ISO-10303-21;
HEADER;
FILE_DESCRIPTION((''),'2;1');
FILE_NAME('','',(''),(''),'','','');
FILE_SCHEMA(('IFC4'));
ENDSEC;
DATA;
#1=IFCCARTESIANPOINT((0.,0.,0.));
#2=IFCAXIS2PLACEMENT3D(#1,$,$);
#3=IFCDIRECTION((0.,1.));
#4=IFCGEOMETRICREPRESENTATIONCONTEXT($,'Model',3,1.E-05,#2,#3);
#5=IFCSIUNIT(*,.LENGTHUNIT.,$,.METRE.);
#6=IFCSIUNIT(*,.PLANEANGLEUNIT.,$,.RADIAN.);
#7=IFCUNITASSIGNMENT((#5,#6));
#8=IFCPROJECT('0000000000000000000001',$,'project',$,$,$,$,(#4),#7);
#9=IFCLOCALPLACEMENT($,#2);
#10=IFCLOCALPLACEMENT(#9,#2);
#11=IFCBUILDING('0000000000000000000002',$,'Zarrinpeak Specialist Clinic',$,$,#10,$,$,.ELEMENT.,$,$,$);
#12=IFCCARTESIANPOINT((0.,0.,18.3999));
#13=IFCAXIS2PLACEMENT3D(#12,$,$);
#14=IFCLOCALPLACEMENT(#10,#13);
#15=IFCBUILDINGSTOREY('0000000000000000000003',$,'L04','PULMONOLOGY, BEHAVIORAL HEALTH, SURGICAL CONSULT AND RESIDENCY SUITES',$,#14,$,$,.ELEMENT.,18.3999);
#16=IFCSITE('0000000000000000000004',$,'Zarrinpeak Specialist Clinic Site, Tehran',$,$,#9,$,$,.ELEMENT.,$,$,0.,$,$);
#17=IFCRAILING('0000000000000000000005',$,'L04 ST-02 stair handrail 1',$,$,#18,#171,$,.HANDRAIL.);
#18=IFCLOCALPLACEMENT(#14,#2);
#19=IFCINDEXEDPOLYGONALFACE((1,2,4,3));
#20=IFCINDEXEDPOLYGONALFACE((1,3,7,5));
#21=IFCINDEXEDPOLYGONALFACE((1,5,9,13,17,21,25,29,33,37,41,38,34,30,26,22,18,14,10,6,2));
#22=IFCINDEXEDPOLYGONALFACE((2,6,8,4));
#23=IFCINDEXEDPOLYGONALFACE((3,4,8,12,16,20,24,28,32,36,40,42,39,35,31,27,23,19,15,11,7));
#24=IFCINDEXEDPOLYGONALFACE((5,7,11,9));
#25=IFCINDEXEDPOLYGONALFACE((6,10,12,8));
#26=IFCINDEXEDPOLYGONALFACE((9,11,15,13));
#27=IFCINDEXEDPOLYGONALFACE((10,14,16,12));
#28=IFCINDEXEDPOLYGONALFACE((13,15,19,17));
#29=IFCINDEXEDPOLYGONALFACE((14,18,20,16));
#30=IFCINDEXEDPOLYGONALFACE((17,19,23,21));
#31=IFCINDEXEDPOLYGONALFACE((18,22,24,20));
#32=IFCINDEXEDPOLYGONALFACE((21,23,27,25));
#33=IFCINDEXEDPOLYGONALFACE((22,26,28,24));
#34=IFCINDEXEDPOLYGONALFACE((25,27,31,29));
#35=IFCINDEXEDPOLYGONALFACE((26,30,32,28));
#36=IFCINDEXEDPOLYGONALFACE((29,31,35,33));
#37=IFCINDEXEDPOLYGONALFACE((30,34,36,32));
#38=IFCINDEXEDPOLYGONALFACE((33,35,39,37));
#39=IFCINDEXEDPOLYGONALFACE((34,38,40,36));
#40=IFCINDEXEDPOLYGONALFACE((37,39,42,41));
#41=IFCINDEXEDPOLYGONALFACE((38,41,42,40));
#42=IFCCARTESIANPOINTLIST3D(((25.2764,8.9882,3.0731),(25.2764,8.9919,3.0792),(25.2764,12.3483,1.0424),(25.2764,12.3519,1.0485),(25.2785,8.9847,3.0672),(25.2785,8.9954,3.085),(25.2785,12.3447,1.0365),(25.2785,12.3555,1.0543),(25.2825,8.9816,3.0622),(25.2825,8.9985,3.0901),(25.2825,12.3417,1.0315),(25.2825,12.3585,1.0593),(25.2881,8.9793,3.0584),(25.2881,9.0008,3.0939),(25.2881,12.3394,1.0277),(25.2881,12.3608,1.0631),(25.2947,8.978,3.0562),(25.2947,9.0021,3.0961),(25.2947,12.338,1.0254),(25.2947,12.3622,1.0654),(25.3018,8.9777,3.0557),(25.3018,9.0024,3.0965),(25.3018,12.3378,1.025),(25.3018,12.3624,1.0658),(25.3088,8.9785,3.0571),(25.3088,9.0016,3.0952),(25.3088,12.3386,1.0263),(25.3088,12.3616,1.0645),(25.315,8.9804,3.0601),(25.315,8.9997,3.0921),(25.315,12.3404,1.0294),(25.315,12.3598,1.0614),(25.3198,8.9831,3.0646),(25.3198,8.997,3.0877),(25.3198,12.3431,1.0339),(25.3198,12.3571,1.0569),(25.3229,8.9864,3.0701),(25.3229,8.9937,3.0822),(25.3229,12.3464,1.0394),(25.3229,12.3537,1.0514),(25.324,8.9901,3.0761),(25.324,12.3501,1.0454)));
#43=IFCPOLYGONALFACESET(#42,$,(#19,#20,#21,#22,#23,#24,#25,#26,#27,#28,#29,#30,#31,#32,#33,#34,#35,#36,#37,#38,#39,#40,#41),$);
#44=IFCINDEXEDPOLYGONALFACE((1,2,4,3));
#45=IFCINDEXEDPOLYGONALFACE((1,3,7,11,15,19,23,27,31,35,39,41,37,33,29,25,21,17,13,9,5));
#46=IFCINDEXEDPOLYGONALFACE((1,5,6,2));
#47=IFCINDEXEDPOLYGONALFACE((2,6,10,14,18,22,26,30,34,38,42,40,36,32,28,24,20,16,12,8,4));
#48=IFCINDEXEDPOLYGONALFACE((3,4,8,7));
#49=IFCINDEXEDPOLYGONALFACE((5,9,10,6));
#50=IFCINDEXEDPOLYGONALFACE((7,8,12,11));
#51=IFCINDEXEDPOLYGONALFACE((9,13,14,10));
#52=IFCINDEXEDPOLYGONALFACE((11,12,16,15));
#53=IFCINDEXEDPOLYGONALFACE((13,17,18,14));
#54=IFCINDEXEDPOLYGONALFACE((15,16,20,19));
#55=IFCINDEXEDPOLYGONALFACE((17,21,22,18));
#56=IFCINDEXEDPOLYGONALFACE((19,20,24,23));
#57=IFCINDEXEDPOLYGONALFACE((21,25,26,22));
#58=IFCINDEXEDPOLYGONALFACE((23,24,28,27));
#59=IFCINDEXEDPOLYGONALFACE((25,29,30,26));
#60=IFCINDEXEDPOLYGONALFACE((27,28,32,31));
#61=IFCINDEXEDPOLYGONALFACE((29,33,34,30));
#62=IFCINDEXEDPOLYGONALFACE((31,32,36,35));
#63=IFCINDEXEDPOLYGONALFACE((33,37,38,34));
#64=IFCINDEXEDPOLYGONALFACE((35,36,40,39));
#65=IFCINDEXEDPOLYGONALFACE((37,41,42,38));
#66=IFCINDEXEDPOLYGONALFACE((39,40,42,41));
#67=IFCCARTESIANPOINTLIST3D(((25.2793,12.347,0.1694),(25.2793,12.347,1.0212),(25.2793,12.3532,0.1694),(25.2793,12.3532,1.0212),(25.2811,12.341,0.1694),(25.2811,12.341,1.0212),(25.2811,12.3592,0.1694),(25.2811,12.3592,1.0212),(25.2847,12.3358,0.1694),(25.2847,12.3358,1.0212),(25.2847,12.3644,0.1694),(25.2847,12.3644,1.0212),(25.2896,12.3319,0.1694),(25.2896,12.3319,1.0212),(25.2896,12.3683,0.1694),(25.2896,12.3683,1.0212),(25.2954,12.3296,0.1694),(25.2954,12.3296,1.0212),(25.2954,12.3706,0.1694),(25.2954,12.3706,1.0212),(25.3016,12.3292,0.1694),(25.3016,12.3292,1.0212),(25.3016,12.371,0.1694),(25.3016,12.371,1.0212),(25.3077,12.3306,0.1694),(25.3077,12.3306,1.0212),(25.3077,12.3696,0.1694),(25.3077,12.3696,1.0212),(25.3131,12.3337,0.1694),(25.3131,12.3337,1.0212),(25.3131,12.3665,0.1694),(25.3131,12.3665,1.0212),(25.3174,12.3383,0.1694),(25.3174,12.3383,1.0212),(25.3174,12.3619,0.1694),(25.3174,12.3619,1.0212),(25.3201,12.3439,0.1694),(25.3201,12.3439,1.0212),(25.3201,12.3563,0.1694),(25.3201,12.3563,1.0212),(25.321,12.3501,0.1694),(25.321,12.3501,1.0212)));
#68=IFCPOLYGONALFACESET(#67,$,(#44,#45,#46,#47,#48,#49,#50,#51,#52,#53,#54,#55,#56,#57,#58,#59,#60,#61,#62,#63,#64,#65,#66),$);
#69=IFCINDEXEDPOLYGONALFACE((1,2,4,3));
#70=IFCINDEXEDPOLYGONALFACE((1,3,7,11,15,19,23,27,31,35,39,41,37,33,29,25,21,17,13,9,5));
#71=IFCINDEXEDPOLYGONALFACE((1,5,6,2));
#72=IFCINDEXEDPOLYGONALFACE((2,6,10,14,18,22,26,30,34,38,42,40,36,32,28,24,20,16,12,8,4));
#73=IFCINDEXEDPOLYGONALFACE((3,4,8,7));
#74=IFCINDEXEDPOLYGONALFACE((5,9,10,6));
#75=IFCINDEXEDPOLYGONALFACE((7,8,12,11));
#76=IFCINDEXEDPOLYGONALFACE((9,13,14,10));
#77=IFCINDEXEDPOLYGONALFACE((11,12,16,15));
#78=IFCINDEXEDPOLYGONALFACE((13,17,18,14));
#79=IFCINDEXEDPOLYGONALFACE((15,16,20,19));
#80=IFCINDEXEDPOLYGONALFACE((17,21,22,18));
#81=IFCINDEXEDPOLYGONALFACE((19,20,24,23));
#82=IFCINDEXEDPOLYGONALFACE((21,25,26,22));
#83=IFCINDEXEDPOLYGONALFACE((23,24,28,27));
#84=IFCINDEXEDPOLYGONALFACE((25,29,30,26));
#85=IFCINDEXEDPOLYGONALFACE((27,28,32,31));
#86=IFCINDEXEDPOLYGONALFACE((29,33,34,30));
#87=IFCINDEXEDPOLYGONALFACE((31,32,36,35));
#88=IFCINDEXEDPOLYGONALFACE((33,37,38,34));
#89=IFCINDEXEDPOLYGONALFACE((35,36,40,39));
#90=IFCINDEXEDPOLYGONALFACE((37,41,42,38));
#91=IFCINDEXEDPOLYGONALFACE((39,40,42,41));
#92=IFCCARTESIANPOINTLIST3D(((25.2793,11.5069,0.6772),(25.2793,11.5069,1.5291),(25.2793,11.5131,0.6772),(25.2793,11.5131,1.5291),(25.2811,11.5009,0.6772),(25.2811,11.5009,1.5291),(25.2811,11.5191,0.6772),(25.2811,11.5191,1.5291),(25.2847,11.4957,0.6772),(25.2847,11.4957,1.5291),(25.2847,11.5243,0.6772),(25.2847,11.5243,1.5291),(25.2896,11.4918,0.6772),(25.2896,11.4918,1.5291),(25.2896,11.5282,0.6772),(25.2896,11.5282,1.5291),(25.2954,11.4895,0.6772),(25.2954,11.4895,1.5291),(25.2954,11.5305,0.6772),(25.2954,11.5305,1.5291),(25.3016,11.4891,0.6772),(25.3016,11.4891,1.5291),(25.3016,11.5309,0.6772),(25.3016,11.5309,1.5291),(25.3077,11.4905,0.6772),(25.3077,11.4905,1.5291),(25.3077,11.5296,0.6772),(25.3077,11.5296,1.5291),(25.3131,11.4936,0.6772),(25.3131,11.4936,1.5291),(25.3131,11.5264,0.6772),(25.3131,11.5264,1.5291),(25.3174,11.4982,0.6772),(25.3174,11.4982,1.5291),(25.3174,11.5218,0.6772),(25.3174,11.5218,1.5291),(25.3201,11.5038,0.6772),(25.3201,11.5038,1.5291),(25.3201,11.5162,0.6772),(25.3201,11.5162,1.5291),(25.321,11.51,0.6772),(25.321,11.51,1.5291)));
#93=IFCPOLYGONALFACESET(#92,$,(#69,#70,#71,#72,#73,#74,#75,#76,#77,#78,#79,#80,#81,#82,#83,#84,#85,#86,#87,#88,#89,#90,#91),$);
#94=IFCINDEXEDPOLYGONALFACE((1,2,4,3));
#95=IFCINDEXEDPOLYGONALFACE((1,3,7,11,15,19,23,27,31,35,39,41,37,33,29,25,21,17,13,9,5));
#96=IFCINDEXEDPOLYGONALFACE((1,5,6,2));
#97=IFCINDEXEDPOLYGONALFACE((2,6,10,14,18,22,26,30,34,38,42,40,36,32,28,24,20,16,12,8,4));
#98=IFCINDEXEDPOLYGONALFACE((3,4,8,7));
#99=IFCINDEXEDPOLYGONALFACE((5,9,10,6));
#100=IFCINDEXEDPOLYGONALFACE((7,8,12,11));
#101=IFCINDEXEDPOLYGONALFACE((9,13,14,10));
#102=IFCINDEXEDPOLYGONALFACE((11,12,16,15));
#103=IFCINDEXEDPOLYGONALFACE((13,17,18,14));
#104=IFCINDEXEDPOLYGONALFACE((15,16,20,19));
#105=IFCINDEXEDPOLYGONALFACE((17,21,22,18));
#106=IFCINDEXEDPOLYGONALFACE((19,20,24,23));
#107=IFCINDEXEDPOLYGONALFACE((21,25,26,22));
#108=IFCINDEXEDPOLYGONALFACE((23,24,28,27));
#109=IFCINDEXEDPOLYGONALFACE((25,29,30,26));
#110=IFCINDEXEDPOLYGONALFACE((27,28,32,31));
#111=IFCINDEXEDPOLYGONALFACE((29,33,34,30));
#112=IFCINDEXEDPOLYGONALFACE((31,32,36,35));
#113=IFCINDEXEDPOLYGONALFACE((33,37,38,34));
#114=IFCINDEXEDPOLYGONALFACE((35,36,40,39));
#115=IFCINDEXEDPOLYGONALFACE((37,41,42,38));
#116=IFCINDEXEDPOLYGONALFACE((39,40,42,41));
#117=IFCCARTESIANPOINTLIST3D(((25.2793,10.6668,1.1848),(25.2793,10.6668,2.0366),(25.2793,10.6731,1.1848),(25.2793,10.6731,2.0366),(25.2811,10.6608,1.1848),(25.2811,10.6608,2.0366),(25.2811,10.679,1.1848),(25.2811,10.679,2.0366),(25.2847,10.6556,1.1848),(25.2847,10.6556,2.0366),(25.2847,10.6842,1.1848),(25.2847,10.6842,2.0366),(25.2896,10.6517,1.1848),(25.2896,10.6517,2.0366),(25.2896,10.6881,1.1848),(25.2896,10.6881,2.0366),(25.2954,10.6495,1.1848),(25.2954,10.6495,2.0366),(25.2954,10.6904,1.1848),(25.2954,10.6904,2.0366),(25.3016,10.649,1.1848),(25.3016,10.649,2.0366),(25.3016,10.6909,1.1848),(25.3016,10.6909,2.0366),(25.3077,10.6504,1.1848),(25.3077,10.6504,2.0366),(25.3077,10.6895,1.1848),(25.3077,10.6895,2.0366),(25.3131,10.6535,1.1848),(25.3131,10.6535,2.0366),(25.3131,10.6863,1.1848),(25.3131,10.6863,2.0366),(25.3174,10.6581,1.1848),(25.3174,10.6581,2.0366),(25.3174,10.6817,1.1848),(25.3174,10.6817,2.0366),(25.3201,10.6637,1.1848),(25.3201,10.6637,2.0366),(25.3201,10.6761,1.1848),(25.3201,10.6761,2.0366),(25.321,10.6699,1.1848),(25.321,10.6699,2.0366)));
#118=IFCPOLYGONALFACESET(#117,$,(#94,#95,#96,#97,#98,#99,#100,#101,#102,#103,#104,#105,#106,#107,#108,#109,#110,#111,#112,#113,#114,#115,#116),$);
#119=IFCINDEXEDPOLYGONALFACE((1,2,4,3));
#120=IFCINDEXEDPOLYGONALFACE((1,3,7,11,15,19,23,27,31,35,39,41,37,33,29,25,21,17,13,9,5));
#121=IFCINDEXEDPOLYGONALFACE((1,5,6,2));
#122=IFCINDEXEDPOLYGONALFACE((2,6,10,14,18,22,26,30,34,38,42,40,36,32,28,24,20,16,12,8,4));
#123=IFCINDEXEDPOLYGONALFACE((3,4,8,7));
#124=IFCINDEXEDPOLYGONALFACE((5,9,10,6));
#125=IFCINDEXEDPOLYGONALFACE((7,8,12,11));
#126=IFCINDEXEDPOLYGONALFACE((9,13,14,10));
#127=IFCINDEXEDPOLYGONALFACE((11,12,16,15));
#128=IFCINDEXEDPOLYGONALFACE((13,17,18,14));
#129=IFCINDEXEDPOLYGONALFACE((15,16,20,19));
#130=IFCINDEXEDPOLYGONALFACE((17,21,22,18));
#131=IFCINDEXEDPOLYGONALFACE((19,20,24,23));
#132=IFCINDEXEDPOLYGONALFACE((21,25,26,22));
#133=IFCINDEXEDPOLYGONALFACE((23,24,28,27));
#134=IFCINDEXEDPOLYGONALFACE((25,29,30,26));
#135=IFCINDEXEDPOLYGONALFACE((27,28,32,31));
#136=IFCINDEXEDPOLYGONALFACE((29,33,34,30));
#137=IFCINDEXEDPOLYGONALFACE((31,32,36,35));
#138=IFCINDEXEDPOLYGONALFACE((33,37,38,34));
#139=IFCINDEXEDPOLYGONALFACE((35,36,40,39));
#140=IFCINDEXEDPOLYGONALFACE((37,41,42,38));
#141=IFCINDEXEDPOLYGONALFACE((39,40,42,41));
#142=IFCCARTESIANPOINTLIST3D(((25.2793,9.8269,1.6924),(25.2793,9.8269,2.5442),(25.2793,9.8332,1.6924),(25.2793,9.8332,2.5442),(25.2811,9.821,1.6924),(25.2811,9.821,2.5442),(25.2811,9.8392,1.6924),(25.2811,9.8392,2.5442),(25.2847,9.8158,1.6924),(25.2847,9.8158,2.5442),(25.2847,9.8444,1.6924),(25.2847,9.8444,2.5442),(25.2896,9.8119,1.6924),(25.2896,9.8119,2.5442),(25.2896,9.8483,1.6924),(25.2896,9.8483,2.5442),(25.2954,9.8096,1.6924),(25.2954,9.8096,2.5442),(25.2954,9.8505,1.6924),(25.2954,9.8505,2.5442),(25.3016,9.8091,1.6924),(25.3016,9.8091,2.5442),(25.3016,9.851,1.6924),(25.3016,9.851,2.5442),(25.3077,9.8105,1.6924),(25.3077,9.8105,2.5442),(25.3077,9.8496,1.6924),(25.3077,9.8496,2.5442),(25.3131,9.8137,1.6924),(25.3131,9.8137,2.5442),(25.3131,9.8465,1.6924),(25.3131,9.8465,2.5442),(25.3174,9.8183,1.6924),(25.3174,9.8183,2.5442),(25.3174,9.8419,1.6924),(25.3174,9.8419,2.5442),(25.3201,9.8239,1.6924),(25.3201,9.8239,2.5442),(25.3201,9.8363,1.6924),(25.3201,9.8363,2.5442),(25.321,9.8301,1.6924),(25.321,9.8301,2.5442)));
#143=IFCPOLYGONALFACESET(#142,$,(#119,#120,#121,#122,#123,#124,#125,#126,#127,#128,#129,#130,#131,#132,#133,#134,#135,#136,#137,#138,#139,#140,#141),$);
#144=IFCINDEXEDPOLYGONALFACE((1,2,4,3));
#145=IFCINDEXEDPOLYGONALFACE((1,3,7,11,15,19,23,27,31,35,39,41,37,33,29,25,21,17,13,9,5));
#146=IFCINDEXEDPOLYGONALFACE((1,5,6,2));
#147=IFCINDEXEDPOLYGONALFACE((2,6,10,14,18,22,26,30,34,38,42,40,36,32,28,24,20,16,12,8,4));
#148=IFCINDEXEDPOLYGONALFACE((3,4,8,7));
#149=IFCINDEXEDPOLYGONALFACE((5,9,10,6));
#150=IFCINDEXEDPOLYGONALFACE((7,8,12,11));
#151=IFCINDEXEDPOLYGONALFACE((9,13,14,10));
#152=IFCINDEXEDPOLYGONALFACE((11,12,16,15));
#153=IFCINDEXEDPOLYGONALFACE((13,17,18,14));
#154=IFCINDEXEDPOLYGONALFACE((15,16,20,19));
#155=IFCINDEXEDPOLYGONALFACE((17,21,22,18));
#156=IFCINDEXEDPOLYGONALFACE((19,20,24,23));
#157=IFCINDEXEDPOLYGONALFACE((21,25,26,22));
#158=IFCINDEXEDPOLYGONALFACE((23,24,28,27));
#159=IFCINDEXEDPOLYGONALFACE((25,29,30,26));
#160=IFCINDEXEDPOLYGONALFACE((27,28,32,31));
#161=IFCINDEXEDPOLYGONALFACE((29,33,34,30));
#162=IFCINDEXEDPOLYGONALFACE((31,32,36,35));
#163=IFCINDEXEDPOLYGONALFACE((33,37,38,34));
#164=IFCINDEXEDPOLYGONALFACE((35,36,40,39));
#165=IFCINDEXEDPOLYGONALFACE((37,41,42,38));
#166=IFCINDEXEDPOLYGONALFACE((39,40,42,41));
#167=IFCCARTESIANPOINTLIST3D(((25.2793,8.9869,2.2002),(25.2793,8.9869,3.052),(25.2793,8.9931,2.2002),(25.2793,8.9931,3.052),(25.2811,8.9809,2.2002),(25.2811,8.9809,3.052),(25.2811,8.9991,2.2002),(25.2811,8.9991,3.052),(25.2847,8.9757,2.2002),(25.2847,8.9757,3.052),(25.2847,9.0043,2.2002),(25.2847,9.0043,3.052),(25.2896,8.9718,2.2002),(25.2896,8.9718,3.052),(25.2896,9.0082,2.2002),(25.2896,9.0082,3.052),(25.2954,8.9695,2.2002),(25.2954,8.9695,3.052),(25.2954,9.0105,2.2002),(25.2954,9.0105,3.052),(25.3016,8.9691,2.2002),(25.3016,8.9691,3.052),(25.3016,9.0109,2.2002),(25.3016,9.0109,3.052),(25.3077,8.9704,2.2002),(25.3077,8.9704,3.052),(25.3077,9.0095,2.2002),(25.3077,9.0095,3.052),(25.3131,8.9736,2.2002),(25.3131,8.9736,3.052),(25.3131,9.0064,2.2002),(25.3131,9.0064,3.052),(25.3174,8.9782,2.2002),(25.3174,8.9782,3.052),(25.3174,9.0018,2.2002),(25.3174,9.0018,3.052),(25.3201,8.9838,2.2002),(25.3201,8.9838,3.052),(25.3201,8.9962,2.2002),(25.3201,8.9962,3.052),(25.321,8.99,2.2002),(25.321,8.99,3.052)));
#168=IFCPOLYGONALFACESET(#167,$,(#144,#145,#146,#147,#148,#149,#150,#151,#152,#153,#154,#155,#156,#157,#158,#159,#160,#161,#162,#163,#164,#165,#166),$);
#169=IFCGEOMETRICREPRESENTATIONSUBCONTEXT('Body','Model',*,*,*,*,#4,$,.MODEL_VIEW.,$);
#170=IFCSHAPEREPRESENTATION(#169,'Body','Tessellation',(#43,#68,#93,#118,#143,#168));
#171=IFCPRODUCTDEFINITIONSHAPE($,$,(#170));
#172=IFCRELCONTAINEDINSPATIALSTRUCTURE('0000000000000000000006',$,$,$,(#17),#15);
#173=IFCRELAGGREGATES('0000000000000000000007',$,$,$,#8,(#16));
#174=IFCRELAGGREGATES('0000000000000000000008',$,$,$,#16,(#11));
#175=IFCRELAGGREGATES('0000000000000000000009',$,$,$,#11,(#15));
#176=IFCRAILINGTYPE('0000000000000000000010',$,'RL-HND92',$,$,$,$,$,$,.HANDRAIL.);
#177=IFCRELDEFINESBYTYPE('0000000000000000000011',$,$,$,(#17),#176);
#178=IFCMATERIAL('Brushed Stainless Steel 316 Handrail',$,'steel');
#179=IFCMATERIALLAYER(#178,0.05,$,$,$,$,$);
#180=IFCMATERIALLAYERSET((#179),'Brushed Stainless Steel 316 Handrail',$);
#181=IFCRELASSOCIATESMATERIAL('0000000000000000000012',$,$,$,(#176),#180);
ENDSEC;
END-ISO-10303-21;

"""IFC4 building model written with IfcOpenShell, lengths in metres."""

from ifc_helpers import new_model, si_unit, direction, frame, origin, origin_2d, place, context, subcontext, project, spatial, circle, extrude, material, layer, layer_set, type_object, element, save


model = new_model("IFC4")

# Units and contexts
model_context = context("Model", 3, precision=1e-05, world=origin(), true_north=direction((0.0, 1.0)))
body_context = subcontext(model_context, "Body", "Model", "MODEL_VIEW")
ifc_project = project(units=[si_unit("LENGTHUNIT", "METRE"), si_unit("PLANEANGLEUNIT", "RADIAN")], contexts=[model_context])

# Site, building, storey
site_placement = place(None, origin())
site = spatial("IfcSite", under=ifc_project, at=site_placement, Name="Zarrinpeak Specialist Clinic Site, Tehran", CompositionType="ELEMENT", RefElevation=0.0)
building_placement = place(site_placement, origin())
building = spatial("IfcBuilding", under=site, at=building_placement, Name="Zarrinpeak Specialist Clinic", CompositionType="ELEMENT")
storey_placement = place(building_placement, frame((0.0, 0.0, 18.3999)))
storey = spatial("IfcBuildingStorey", under=building, at=storey_placement, Name="L04", Description="PULMONOLOGY, BEHAVIORAL HEALTH, SURGICAL CONSULT AND RESIDENCY SUITES", CompositionType="ELEMENT", Elevation=18.3999)

# Railing
ifc_material_1 = material(Name="Brushed Stainless Steel 316 Handrail", Category="steel")
ifc_layer_1 = layer(ifc_material_1, 0.05)
ifc_layer_set_1 = layer_set([ifc_layer_1], Name="Brushed Stainless Steel 316 Handrail")
railing_type_1 = type_object("IfcRailingType", Name="RL-HND92", PredefinedType="HANDRAIL", material=ifc_layer_set_1)
railing_1_placement = place(storey_placement, frame((25.3, 12.3501, 0.1694)))
element("IfcRailing", 1, at=railing_1_placement, inside=storey, type_object=railing_type_1, Name="L04 ST-02 stair handrail 1", PredefinedType="HANDRAIL", context=body_context, shape_type="SweptSolid", body=[
    extrude(circle(Radius=0.0239, at=origin_2d()), frame((0.0, 0.0, 0.876), z_axis=(0.0, -0.855837, 0.517246), x_axis=(1.0, 0.0, 0.0)), (0.0, 0.0, 1.0), 3.926),
    extrude(circle(Radius=0.021, at=origin_2d()), origin(), (0.0, 0.0, 1.0), 0.8518),
    extrude(circle(Radius=0.021, at=origin_2d()), frame((0.0, -0.8401, 0.5078)), (0.0, 0.0, 1.0), 0.8518),
    extrude(circle(Radius=0.021, at=origin_2d()), frame((0.0, -1.6802, 1.0154)), (0.0, 0.0, 1.0), 0.8518),
    extrude(circle(Radius=0.021, at=origin_2d()), frame((0.0, -2.52, 1.5229)), (0.0, 0.0, 1.0), 0.8518),
    extrude(circle(Radius=0.021, at=origin_2d()), frame((0.0, -3.3601, 2.0308)), (0.0, 0.0, 1.0), 0.8518),
])

save(model, "model.ifc")
